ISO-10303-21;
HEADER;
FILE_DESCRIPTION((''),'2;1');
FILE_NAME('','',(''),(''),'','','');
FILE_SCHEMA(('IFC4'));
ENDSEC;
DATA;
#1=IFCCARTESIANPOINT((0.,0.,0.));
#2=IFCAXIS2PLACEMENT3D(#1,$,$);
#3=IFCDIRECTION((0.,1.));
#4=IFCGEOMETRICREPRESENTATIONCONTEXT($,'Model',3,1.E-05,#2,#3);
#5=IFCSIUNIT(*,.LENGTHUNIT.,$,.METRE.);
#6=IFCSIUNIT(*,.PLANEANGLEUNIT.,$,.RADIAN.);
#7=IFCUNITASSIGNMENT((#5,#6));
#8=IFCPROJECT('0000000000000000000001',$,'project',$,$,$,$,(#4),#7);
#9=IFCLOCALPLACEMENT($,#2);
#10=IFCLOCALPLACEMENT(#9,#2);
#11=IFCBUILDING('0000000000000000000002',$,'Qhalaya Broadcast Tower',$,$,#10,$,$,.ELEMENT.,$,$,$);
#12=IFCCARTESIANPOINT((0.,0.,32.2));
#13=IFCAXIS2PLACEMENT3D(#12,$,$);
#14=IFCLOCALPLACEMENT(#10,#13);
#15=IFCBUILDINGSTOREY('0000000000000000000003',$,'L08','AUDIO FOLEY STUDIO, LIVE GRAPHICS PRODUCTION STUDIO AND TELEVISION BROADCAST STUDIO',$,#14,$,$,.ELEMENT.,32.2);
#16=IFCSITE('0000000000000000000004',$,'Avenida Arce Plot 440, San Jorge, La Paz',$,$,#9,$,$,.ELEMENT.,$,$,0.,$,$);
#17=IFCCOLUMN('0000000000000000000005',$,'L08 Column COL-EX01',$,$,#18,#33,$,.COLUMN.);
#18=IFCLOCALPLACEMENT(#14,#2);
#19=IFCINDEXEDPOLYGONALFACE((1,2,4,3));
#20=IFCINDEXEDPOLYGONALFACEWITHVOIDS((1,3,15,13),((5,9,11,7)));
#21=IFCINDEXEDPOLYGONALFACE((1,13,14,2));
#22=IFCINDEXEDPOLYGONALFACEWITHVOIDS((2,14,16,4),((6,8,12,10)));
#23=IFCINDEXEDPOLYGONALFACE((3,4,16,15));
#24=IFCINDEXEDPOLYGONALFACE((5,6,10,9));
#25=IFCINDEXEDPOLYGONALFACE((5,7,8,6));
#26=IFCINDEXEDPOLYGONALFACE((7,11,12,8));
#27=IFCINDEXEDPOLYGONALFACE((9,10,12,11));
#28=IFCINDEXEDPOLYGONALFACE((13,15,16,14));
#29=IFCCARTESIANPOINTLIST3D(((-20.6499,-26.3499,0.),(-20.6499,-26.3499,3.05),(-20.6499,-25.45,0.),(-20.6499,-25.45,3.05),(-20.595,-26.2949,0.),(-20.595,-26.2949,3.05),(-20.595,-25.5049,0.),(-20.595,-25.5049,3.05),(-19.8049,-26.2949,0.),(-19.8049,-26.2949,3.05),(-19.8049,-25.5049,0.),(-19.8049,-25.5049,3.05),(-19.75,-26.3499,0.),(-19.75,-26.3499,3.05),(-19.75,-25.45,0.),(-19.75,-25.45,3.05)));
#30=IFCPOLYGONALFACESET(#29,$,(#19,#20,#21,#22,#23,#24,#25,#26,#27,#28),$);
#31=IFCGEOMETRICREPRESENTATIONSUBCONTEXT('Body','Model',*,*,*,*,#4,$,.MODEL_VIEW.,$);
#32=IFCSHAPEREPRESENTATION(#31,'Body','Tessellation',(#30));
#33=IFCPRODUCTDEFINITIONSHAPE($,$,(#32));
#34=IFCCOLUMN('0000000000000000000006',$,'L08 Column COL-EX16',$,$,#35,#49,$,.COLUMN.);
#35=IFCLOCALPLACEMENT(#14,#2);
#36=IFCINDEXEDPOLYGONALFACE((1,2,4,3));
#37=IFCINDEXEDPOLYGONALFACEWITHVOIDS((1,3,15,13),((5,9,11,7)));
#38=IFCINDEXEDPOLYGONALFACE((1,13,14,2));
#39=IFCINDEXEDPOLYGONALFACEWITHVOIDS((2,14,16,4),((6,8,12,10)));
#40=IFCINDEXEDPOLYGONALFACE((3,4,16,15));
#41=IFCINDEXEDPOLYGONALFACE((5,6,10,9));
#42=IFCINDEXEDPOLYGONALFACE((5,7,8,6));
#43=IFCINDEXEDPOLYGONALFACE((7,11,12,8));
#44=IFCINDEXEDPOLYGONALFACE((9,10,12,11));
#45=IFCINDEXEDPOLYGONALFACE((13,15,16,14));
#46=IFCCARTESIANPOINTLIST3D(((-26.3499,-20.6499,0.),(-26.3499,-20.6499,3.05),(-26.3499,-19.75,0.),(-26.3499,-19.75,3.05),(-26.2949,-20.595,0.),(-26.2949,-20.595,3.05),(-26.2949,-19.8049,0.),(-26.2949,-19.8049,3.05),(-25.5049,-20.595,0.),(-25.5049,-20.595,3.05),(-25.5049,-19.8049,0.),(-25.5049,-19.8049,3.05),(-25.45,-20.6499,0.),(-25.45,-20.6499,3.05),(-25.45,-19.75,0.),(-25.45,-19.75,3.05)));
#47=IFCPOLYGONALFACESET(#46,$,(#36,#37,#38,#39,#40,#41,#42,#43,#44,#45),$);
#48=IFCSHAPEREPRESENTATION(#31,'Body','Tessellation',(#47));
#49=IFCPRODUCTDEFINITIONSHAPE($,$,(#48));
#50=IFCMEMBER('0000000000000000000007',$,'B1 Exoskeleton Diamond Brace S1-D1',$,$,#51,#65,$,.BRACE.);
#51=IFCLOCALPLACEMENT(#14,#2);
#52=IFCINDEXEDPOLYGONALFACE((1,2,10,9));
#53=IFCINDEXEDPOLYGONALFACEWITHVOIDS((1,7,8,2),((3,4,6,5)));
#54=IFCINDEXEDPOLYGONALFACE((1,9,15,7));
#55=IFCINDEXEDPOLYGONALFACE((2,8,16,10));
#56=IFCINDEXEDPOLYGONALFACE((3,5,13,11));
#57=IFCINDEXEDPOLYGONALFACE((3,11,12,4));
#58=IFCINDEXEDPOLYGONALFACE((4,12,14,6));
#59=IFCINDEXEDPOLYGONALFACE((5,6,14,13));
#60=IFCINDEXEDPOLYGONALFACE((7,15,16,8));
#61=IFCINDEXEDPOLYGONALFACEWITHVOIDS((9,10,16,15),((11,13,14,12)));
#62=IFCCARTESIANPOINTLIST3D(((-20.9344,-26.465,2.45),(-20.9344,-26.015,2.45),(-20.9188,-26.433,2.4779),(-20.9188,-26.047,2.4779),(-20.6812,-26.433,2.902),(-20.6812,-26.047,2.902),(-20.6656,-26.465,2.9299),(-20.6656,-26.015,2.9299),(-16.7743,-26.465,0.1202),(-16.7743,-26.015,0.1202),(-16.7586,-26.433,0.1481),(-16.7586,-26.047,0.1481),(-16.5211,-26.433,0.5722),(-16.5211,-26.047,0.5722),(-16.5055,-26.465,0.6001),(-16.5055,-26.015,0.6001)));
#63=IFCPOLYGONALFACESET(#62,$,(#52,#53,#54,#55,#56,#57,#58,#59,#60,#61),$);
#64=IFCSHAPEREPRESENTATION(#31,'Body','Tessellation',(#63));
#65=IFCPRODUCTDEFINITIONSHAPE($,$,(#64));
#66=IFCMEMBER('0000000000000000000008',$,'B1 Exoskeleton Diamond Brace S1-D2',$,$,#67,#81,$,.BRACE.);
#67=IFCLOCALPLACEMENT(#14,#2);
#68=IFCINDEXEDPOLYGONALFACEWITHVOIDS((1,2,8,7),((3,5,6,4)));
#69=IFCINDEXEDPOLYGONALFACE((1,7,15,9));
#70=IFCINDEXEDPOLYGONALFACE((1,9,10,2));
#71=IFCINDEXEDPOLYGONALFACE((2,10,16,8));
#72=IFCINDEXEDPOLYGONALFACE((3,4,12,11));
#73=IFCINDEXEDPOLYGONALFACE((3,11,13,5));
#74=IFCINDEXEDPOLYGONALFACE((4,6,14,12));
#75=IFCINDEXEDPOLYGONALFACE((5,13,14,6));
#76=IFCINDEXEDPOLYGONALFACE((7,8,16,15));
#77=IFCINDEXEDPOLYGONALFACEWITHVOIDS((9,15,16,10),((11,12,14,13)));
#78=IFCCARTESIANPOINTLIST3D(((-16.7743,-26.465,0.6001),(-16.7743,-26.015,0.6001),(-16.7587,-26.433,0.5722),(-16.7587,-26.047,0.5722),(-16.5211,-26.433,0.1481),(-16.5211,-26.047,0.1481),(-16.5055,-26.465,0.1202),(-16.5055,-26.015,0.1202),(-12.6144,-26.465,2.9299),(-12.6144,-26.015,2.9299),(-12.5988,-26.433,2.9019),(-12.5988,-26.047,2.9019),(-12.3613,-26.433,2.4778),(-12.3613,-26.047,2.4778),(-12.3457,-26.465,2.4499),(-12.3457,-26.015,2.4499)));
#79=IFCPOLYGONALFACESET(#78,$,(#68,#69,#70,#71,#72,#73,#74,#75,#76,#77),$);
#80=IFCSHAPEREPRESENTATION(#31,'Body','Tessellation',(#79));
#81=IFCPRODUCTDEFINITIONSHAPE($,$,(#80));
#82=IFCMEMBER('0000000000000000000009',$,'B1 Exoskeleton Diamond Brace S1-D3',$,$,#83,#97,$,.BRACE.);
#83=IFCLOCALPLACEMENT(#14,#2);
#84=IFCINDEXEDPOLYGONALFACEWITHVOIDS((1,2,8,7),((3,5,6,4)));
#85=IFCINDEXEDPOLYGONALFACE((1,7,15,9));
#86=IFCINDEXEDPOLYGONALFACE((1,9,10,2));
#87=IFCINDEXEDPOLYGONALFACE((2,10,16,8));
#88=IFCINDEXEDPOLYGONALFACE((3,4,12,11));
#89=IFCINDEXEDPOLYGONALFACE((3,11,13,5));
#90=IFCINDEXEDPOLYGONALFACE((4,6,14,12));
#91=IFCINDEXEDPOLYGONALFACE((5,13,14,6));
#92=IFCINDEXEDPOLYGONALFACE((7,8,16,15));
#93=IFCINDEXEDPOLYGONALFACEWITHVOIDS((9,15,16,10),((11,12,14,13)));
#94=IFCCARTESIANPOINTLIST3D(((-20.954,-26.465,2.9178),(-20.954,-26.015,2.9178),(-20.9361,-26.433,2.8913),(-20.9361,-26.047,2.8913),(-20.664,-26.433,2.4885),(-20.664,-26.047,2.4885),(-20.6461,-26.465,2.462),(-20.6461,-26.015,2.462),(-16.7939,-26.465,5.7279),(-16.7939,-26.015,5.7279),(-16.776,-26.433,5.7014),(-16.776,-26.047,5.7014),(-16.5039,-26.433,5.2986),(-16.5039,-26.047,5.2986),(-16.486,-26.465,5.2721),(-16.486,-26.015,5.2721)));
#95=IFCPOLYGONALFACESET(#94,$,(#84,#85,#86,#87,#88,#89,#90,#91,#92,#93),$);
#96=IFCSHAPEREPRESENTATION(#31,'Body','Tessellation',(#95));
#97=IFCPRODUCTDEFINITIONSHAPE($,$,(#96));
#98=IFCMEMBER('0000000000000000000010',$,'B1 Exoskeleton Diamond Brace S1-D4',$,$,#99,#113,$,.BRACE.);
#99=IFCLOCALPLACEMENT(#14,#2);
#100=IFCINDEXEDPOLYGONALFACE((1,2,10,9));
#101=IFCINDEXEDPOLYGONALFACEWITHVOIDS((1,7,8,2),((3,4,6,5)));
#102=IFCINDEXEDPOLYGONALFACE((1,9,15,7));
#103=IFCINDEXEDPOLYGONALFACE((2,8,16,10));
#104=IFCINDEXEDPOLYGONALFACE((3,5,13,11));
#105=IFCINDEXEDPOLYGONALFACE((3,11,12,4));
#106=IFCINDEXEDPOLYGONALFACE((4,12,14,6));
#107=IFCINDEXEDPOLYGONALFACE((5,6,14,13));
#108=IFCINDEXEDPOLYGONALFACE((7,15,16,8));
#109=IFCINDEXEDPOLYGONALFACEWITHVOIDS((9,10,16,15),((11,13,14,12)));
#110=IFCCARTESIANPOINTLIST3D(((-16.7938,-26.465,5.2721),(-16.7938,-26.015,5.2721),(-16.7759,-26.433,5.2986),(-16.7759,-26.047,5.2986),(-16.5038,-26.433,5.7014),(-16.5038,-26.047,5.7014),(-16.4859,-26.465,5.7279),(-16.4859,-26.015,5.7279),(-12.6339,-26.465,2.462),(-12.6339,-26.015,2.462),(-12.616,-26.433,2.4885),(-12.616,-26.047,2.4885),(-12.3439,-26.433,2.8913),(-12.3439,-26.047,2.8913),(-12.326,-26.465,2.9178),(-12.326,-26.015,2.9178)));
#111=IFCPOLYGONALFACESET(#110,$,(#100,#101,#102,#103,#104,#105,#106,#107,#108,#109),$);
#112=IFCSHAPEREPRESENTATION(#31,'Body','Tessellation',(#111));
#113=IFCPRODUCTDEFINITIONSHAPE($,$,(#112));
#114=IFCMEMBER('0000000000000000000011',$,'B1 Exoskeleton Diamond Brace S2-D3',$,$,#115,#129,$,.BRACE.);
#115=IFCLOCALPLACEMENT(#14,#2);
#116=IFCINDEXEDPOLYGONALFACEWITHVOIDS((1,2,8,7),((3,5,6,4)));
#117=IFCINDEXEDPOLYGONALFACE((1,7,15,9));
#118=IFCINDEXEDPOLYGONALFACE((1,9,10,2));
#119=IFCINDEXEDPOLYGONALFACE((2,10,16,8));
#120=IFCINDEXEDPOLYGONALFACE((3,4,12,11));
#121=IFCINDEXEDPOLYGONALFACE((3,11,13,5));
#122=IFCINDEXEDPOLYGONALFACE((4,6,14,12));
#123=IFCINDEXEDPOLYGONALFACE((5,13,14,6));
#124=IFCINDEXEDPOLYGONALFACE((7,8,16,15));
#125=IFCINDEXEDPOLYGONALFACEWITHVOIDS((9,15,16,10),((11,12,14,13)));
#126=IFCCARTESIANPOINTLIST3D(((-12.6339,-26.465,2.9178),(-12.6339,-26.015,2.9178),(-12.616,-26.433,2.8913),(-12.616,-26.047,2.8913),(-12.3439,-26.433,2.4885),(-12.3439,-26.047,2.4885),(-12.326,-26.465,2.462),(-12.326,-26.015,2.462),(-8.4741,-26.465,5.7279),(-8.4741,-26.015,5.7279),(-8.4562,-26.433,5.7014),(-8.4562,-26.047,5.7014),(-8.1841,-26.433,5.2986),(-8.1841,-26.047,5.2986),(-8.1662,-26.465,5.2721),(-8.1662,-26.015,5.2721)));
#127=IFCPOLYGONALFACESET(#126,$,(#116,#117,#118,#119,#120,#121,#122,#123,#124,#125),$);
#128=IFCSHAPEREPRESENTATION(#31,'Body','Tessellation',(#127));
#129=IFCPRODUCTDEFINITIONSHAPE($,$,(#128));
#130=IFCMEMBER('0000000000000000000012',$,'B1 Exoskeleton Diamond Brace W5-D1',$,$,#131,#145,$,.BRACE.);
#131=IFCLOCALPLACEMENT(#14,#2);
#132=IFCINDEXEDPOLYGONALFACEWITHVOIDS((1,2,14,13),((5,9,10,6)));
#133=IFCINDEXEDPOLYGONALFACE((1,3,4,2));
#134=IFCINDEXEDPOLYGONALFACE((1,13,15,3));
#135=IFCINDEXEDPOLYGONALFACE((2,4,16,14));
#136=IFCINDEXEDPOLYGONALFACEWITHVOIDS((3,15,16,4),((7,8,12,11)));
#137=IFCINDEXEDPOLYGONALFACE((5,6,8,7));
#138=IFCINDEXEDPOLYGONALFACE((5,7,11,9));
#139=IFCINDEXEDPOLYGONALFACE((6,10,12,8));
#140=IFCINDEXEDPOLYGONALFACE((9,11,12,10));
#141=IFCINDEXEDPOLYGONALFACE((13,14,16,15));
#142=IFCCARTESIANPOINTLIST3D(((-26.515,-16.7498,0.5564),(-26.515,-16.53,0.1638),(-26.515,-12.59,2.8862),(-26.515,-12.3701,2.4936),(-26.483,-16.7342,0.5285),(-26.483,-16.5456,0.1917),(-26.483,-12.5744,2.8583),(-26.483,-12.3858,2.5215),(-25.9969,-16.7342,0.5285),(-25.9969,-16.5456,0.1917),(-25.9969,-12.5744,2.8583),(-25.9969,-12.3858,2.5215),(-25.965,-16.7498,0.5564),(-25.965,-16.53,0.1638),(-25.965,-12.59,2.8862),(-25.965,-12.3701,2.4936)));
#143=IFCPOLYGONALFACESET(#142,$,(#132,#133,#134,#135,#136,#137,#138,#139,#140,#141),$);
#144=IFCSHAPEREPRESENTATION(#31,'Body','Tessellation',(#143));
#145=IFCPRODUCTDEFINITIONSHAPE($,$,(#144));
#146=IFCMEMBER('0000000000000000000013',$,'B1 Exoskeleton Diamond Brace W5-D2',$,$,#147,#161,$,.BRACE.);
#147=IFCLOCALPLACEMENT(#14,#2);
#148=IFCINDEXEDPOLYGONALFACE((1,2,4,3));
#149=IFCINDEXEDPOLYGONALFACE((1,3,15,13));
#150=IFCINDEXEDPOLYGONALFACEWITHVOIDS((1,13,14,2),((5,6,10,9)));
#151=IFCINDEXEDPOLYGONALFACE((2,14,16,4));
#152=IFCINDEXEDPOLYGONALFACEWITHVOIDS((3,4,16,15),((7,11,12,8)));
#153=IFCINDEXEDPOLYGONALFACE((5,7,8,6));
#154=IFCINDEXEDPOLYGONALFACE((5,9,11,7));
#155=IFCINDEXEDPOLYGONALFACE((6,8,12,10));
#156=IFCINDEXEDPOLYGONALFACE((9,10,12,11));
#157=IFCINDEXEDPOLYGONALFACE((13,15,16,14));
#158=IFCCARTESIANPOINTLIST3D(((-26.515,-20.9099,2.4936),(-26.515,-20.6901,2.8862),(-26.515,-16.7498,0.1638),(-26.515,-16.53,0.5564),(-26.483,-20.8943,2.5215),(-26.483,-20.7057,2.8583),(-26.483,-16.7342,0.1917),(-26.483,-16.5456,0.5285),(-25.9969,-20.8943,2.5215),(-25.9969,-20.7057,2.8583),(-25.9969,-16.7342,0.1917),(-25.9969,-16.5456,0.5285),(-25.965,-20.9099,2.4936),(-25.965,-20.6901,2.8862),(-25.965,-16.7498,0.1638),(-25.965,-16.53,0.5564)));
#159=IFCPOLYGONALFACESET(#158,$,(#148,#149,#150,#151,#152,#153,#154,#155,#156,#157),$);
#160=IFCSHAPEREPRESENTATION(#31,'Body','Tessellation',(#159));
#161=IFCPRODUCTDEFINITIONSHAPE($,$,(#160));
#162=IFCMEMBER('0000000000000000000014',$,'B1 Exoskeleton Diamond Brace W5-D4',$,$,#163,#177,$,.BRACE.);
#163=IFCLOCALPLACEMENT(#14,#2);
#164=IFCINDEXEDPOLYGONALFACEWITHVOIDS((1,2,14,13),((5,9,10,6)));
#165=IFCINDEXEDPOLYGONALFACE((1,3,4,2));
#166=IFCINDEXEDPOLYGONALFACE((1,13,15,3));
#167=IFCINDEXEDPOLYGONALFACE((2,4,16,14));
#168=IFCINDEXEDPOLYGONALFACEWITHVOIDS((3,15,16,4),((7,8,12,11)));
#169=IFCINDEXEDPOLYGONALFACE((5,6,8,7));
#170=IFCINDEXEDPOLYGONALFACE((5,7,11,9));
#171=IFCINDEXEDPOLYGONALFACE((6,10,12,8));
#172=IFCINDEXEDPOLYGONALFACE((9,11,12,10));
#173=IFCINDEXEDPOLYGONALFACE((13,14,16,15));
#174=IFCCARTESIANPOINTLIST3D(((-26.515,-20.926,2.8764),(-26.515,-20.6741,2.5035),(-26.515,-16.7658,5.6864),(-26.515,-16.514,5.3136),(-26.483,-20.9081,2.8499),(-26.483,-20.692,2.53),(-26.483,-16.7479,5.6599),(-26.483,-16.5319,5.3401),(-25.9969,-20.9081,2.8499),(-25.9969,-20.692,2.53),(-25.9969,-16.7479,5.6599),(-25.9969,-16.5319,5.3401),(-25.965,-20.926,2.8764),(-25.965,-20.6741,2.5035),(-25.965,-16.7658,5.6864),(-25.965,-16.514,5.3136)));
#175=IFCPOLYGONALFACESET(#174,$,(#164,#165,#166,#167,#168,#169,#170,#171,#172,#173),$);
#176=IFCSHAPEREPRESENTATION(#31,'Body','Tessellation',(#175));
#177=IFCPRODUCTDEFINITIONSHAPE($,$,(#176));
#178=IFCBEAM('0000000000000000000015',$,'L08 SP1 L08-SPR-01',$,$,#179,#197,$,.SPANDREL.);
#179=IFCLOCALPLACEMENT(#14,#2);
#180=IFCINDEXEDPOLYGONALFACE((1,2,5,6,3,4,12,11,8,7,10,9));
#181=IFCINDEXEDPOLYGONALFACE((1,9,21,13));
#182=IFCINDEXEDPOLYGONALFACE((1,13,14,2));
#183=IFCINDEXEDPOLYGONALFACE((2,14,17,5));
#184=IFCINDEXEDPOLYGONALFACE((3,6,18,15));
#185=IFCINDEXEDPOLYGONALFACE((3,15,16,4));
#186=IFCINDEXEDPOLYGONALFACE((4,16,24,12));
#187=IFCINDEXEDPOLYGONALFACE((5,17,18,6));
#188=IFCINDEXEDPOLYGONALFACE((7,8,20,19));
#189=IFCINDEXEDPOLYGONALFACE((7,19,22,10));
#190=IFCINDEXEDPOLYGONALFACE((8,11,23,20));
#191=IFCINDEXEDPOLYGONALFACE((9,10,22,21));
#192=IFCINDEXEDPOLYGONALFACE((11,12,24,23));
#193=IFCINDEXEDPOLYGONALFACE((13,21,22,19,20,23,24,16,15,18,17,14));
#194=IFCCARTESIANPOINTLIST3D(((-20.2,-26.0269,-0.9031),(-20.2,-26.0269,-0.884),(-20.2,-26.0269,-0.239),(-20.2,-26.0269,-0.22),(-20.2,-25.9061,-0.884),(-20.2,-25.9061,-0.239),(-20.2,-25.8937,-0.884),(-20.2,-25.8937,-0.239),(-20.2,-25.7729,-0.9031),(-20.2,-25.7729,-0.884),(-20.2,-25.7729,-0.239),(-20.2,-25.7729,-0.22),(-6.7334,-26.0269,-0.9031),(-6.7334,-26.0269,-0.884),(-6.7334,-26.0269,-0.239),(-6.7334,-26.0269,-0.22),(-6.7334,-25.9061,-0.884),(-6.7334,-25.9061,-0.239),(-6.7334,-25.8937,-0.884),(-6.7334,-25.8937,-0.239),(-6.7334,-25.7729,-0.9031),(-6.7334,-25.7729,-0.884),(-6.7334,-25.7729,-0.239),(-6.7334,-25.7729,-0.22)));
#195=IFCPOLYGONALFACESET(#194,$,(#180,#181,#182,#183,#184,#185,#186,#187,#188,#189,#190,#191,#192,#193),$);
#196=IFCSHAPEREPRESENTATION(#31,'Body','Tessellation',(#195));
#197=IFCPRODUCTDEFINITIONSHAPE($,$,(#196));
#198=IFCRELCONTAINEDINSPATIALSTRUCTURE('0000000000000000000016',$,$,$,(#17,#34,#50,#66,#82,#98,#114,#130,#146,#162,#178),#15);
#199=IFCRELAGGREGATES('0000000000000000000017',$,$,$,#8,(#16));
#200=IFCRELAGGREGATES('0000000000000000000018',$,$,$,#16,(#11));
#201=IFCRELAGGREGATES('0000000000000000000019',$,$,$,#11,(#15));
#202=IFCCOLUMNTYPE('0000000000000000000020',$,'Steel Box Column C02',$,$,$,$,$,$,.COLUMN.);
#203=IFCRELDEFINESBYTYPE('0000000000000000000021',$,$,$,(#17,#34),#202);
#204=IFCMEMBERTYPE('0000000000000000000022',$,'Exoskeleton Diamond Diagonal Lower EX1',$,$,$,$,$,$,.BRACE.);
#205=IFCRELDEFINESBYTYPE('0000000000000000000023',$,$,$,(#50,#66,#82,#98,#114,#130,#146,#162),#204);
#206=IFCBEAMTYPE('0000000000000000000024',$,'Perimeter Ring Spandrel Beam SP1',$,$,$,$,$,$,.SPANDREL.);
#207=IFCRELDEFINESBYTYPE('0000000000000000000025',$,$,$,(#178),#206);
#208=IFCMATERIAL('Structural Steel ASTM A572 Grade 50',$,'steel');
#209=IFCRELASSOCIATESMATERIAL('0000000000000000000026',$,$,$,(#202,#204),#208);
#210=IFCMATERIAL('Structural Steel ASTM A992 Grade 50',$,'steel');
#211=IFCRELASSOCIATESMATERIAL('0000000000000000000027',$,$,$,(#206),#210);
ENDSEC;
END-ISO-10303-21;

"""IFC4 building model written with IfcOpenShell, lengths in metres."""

from ifc_helpers import new_model, si_unit, direction, frame, origin, origin_2d, place, context, subcontext, project, spatial, hollow_rectangle, i_section, extrude, material, material_profile, profile_set, type_object, element, save


model = new_model("IFC4")

# Units and contexts
model_context = context("Model", 3, precision=1e-05, world=origin(), true_north=direction((0.0, 1.0)))
body_context = subcontext(model_context, "Body", "Model", "MODEL_VIEW")
ifc_project = project(units=[si_unit("LENGTHUNIT", "METRE"), si_unit("PLANEANGLEUNIT", "RADIAN")], contexts=[model_context])

# Site, building, storey
site_placement = place(None, origin())
site = spatial("IfcSite", under=ifc_project, at=site_placement, Name="Avenida Arce Plot 440, San Jorge, La Paz", CompositionType="ELEMENT", RefElevation=0.0)
building_placement = place(site_placement, origin())
building = spatial("IfcBuilding", under=site, at=building_placement, Name="Qhalaya Broadcast Tower", CompositionType="ELEMENT")
storey_placement = place(building_placement, frame((0.0, 0.0, 32.2)))
storey = spatial("IfcBuildingStorey", under=building, at=storey_placement, Name="L08", Description="AUDIO FOLEY STUDIO, LIVE GRAPHICS PRODUCTION STUDIO AND TELEVISION BROADCAST STUDIO", CompositionType="ELEMENT", Elevation=32.2)

# Columns
ifc_material_1 = material(Name="Structural Steel ASTM A572 Grade 50", Category="steel")
ifc_material_profile_1 = material_profile(ifc_material_1, hollow_rectangle(XDim=0.8999, YDim=0.8999, WallThickness=0.0549, at=origin_2d()), Name="BOX 900x900x55")
ifc_profile_set_1 = profile_set([ifc_material_profile_1], Name="Structural Steel ASTM A572 Grade 50")
column_type = type_object("IfcColumnType", Name="Steel Box Column C02", PredefinedType="COLUMN", material=ifc_profile_set_1)
for number, where, z_axis, x_axis, name in (
    (1, (-20.2, -25.8999, 0.0), (0.0, 0.0, 1.0), (1.0, 0.0, 0.0), "L08 Column COL-EX01"),
    (2, (-25.8999, -20.2, 0.0), (0.0, 0.0, 1.0), (0.0, 1.0, 0.0), "L08 Column COL-EX16"),
):
    element("IfcColumn", number, at=place(storey_placement, frame(where, z_axis=z_axis, x_axis=x_axis)), inside=storey, type_object=column_type, Name=name, PredefinedType="COLUMN", context=body_context, shape_type="SweptSolid", body=[
        extrude(hollow_rectangle(XDim=0.8999, YDim=0.8999, WallThickness=0.0549, at=origin_2d()), origin(), (0.0, 0.0, 1.0), 3.05),
    ])

# Members
ifc_material_profile_2 = material_profile(ifc_material_1, hollow_rectangle(XDim=0.45, YDim=0.55, WallThickness=0.032, at=origin_2d()), Name="BOX 450x550x32")
ifc_profile_set_2 = profile_set([ifc_material_profile_2], Name="Structural Steel ASTM A572 Grade 50")
member_type = type_object("IfcMemberType", Name="Exoskeleton Diamond Diagonal Lower EX1", PredefinedType="BRACE", material=ifc_profile_set_2)
member_1_placement = place(storey_placement, frame((-16.6399, -26.24, 0.3601), z_axis=(-0.872493, 0.0, 0.488627), x_axis=(0.0, -1.0, 0.0)))
element("IfcMember", 3, at=member_1_placement, inside=storey, type_object=member_type, Name="B1 Exoskeleton Diamond Brace S1-D1", PredefinedType="BRACE", context=body_context, shape_type="SweptSolid", body=[
    extrude(hollow_rectangle(XDim=0.45, YDim=0.55, WallThickness=0.032, at=origin_2d()), origin(), (0.0, 0.0, 1.0), 4.7681),
])
member_2_placement = place(storey_placement, frame((-16.6399, -26.24, 0.3601), z_axis=(0.872481, 0.0, 0.488649), x_axis=(0.0, 1.0, 0.0)))
element("IfcMember", 4, at=member_2_placement, inside=storey, type_object=member_type, Name="B1 Exoskeleton Diamond Brace S1-D2", PredefinedType="BRACE", context=body_context, shape_type="SweptSolid", body=[
    extrude(hollow_rectangle(XDim=0.45, YDim=0.55, WallThickness=0.032, at=origin_2d()), origin(), (0.0, 0.0, 1.0), 4.7678),
])
member_3_placement = place(storey_placement, frame((-20.8, -26.24, 2.6899), z_axis=(0.828668, 0.0, 0.55974), x_axis=(0.0, 1.0, 0.0)))
element("IfcMember", 5, at=member_3_placement, inside=storey, type_object=member_type, Name="B1 Exoskeleton Diamond Brace S1-D3", PredefinedType="BRACE", context=body_context, shape_type="SweptSolid", body=[
    extrude(hollow_rectangle(XDim=0.45, YDim=0.55, WallThickness=0.032, at=origin_2d()), origin(), (0.0, 0.0, 1.0), 5.0203),
])
for number, where, z_axis, x_axis, name in (
    (6, (-12.48, -26.24, 2.6899), (-0.828653, 0.0, 0.559763), (0.0, -1.0, 0.0), "B1 Exoskeleton Diamond Brace S1-D4"),
    (7, (-12.48, -26.24, 2.6899), (0.828653, 0.0, 0.559763), (0.0, 1.0, 0.0), "B1 Exoskeleton Diamond Brace S2-D3"),
):
    element("IfcMember", number, at=place(storey_placement, frame(where, z_axis=z_axis, x_axis=x_axis)), inside=storey, type_object=member_type, Name=name, PredefinedType="BRACE", context=body_context, shape_type="SweptSolid", body=[
        extrude(hollow_rectangle(XDim=0.45, YDim=0.55, WallThickness=0.032, at=origin_2d()), origin(), (0.0, 0.0, 1.0), 5.02),
    ])
member_4_placement = place(storey_placement, frame((-26.24, -16.6399, 0.3601), z_axis=(0.0, 0.872481, 0.488649), x_axis=(0.0, -0.488649, 0.872481)))
element("IfcMember", 8, at=member_4_placement, inside=storey, type_object=member_type, Name="B1 Exoskeleton Diamond Brace W5-D1", PredefinedType="BRACE", context=body_context, shape_type="SweptSolid", body=[
    extrude(hollow_rectangle(XDim=0.45, YDim=0.55, WallThickness=0.032, at=origin_2d()), origin(), (0.0, 0.0, 1.0), 4.7678),
])
member_5_placement = place(storey_placement, frame((-26.24, -16.6399, 0.3601), z_axis=(0.0, -0.872493, 0.488627), x_axis=(0.0, 0.488627, 0.872493)))
element("IfcMember", 9, at=member_5_placement, inside=storey, type_object=member_type, Name="B1 Exoskeleton Diamond Brace W5-D2", PredefinedType="BRACE", context=body_context, shape_type="SweptSolid", body=[
    extrude(hollow_rectangle(XDim=0.45, YDim=0.55, WallThickness=0.032, at=origin_2d()), origin(), (0.0, 0.0, 1.0), 4.7681),
])
member_6_placement = place(storey_placement, frame((-26.24, -20.8, 2.6899), z_axis=(0.0, 0.828668, 0.55974), x_axis=(0.0, -0.55974, 0.828668)))
element("IfcMember", 10, at=member_6_placement, inside=storey, type_object=member_type, Name="B1 Exoskeleton Diamond Brace W5-D4", PredefinedType="BRACE", context=body_context, shape_type="SweptSolid", body=[
    extrude(hollow_rectangle(XDim=0.45, YDim=0.55, WallThickness=0.032, at=origin_2d()), origin(), (0.0, 0.0, 1.0), 5.0203),
])

# Beam
ifc_material_2 = material(Name="Structural Steel ASTM A992 Grade 50", Category="steel")
ifc_material_profile_3 = material_profile(ifc_material_2, i_section(OverallWidth=0.2539, OverallDepth=0.6831, WebThickness=0.0125, FlangeThickness=0.019, at=origin_2d()), Name="W27X94")
ifc_profile_set_3 = profile_set([ifc_material_profile_3], Name="Structural Steel ASTM A992 Grade 50")
beam_type = type_object("IfcBeamType", Name="Perimeter Ring Spandrel Beam SP1", PredefinedType="SPANDREL", material=ifc_profile_set_3)
beam_1_placement = place(storey_placement, frame((-20.2, -25.8999, -0.5615), z_axis=(1.0, 0.0, 0.0), x_axis=(0.0, 1.0, 0.0)))
element("IfcBeam", 11, at=beam_1_placement, inside=storey, type_object=beam_type, Name="L08 SP1 L08-SPR-01", PredefinedType="SPANDREL", context=body_context, shape_type="SweptSolid", body=[
    extrude(i_section(OverallWidth=0.2539, OverallDepth=0.6831, WebThickness=0.0125, FlangeThickness=0.019, at=origin_2d()), origin(), (0.0, 0.0, 1.0), 13.4666),
])

save(model, "model.ifc")
